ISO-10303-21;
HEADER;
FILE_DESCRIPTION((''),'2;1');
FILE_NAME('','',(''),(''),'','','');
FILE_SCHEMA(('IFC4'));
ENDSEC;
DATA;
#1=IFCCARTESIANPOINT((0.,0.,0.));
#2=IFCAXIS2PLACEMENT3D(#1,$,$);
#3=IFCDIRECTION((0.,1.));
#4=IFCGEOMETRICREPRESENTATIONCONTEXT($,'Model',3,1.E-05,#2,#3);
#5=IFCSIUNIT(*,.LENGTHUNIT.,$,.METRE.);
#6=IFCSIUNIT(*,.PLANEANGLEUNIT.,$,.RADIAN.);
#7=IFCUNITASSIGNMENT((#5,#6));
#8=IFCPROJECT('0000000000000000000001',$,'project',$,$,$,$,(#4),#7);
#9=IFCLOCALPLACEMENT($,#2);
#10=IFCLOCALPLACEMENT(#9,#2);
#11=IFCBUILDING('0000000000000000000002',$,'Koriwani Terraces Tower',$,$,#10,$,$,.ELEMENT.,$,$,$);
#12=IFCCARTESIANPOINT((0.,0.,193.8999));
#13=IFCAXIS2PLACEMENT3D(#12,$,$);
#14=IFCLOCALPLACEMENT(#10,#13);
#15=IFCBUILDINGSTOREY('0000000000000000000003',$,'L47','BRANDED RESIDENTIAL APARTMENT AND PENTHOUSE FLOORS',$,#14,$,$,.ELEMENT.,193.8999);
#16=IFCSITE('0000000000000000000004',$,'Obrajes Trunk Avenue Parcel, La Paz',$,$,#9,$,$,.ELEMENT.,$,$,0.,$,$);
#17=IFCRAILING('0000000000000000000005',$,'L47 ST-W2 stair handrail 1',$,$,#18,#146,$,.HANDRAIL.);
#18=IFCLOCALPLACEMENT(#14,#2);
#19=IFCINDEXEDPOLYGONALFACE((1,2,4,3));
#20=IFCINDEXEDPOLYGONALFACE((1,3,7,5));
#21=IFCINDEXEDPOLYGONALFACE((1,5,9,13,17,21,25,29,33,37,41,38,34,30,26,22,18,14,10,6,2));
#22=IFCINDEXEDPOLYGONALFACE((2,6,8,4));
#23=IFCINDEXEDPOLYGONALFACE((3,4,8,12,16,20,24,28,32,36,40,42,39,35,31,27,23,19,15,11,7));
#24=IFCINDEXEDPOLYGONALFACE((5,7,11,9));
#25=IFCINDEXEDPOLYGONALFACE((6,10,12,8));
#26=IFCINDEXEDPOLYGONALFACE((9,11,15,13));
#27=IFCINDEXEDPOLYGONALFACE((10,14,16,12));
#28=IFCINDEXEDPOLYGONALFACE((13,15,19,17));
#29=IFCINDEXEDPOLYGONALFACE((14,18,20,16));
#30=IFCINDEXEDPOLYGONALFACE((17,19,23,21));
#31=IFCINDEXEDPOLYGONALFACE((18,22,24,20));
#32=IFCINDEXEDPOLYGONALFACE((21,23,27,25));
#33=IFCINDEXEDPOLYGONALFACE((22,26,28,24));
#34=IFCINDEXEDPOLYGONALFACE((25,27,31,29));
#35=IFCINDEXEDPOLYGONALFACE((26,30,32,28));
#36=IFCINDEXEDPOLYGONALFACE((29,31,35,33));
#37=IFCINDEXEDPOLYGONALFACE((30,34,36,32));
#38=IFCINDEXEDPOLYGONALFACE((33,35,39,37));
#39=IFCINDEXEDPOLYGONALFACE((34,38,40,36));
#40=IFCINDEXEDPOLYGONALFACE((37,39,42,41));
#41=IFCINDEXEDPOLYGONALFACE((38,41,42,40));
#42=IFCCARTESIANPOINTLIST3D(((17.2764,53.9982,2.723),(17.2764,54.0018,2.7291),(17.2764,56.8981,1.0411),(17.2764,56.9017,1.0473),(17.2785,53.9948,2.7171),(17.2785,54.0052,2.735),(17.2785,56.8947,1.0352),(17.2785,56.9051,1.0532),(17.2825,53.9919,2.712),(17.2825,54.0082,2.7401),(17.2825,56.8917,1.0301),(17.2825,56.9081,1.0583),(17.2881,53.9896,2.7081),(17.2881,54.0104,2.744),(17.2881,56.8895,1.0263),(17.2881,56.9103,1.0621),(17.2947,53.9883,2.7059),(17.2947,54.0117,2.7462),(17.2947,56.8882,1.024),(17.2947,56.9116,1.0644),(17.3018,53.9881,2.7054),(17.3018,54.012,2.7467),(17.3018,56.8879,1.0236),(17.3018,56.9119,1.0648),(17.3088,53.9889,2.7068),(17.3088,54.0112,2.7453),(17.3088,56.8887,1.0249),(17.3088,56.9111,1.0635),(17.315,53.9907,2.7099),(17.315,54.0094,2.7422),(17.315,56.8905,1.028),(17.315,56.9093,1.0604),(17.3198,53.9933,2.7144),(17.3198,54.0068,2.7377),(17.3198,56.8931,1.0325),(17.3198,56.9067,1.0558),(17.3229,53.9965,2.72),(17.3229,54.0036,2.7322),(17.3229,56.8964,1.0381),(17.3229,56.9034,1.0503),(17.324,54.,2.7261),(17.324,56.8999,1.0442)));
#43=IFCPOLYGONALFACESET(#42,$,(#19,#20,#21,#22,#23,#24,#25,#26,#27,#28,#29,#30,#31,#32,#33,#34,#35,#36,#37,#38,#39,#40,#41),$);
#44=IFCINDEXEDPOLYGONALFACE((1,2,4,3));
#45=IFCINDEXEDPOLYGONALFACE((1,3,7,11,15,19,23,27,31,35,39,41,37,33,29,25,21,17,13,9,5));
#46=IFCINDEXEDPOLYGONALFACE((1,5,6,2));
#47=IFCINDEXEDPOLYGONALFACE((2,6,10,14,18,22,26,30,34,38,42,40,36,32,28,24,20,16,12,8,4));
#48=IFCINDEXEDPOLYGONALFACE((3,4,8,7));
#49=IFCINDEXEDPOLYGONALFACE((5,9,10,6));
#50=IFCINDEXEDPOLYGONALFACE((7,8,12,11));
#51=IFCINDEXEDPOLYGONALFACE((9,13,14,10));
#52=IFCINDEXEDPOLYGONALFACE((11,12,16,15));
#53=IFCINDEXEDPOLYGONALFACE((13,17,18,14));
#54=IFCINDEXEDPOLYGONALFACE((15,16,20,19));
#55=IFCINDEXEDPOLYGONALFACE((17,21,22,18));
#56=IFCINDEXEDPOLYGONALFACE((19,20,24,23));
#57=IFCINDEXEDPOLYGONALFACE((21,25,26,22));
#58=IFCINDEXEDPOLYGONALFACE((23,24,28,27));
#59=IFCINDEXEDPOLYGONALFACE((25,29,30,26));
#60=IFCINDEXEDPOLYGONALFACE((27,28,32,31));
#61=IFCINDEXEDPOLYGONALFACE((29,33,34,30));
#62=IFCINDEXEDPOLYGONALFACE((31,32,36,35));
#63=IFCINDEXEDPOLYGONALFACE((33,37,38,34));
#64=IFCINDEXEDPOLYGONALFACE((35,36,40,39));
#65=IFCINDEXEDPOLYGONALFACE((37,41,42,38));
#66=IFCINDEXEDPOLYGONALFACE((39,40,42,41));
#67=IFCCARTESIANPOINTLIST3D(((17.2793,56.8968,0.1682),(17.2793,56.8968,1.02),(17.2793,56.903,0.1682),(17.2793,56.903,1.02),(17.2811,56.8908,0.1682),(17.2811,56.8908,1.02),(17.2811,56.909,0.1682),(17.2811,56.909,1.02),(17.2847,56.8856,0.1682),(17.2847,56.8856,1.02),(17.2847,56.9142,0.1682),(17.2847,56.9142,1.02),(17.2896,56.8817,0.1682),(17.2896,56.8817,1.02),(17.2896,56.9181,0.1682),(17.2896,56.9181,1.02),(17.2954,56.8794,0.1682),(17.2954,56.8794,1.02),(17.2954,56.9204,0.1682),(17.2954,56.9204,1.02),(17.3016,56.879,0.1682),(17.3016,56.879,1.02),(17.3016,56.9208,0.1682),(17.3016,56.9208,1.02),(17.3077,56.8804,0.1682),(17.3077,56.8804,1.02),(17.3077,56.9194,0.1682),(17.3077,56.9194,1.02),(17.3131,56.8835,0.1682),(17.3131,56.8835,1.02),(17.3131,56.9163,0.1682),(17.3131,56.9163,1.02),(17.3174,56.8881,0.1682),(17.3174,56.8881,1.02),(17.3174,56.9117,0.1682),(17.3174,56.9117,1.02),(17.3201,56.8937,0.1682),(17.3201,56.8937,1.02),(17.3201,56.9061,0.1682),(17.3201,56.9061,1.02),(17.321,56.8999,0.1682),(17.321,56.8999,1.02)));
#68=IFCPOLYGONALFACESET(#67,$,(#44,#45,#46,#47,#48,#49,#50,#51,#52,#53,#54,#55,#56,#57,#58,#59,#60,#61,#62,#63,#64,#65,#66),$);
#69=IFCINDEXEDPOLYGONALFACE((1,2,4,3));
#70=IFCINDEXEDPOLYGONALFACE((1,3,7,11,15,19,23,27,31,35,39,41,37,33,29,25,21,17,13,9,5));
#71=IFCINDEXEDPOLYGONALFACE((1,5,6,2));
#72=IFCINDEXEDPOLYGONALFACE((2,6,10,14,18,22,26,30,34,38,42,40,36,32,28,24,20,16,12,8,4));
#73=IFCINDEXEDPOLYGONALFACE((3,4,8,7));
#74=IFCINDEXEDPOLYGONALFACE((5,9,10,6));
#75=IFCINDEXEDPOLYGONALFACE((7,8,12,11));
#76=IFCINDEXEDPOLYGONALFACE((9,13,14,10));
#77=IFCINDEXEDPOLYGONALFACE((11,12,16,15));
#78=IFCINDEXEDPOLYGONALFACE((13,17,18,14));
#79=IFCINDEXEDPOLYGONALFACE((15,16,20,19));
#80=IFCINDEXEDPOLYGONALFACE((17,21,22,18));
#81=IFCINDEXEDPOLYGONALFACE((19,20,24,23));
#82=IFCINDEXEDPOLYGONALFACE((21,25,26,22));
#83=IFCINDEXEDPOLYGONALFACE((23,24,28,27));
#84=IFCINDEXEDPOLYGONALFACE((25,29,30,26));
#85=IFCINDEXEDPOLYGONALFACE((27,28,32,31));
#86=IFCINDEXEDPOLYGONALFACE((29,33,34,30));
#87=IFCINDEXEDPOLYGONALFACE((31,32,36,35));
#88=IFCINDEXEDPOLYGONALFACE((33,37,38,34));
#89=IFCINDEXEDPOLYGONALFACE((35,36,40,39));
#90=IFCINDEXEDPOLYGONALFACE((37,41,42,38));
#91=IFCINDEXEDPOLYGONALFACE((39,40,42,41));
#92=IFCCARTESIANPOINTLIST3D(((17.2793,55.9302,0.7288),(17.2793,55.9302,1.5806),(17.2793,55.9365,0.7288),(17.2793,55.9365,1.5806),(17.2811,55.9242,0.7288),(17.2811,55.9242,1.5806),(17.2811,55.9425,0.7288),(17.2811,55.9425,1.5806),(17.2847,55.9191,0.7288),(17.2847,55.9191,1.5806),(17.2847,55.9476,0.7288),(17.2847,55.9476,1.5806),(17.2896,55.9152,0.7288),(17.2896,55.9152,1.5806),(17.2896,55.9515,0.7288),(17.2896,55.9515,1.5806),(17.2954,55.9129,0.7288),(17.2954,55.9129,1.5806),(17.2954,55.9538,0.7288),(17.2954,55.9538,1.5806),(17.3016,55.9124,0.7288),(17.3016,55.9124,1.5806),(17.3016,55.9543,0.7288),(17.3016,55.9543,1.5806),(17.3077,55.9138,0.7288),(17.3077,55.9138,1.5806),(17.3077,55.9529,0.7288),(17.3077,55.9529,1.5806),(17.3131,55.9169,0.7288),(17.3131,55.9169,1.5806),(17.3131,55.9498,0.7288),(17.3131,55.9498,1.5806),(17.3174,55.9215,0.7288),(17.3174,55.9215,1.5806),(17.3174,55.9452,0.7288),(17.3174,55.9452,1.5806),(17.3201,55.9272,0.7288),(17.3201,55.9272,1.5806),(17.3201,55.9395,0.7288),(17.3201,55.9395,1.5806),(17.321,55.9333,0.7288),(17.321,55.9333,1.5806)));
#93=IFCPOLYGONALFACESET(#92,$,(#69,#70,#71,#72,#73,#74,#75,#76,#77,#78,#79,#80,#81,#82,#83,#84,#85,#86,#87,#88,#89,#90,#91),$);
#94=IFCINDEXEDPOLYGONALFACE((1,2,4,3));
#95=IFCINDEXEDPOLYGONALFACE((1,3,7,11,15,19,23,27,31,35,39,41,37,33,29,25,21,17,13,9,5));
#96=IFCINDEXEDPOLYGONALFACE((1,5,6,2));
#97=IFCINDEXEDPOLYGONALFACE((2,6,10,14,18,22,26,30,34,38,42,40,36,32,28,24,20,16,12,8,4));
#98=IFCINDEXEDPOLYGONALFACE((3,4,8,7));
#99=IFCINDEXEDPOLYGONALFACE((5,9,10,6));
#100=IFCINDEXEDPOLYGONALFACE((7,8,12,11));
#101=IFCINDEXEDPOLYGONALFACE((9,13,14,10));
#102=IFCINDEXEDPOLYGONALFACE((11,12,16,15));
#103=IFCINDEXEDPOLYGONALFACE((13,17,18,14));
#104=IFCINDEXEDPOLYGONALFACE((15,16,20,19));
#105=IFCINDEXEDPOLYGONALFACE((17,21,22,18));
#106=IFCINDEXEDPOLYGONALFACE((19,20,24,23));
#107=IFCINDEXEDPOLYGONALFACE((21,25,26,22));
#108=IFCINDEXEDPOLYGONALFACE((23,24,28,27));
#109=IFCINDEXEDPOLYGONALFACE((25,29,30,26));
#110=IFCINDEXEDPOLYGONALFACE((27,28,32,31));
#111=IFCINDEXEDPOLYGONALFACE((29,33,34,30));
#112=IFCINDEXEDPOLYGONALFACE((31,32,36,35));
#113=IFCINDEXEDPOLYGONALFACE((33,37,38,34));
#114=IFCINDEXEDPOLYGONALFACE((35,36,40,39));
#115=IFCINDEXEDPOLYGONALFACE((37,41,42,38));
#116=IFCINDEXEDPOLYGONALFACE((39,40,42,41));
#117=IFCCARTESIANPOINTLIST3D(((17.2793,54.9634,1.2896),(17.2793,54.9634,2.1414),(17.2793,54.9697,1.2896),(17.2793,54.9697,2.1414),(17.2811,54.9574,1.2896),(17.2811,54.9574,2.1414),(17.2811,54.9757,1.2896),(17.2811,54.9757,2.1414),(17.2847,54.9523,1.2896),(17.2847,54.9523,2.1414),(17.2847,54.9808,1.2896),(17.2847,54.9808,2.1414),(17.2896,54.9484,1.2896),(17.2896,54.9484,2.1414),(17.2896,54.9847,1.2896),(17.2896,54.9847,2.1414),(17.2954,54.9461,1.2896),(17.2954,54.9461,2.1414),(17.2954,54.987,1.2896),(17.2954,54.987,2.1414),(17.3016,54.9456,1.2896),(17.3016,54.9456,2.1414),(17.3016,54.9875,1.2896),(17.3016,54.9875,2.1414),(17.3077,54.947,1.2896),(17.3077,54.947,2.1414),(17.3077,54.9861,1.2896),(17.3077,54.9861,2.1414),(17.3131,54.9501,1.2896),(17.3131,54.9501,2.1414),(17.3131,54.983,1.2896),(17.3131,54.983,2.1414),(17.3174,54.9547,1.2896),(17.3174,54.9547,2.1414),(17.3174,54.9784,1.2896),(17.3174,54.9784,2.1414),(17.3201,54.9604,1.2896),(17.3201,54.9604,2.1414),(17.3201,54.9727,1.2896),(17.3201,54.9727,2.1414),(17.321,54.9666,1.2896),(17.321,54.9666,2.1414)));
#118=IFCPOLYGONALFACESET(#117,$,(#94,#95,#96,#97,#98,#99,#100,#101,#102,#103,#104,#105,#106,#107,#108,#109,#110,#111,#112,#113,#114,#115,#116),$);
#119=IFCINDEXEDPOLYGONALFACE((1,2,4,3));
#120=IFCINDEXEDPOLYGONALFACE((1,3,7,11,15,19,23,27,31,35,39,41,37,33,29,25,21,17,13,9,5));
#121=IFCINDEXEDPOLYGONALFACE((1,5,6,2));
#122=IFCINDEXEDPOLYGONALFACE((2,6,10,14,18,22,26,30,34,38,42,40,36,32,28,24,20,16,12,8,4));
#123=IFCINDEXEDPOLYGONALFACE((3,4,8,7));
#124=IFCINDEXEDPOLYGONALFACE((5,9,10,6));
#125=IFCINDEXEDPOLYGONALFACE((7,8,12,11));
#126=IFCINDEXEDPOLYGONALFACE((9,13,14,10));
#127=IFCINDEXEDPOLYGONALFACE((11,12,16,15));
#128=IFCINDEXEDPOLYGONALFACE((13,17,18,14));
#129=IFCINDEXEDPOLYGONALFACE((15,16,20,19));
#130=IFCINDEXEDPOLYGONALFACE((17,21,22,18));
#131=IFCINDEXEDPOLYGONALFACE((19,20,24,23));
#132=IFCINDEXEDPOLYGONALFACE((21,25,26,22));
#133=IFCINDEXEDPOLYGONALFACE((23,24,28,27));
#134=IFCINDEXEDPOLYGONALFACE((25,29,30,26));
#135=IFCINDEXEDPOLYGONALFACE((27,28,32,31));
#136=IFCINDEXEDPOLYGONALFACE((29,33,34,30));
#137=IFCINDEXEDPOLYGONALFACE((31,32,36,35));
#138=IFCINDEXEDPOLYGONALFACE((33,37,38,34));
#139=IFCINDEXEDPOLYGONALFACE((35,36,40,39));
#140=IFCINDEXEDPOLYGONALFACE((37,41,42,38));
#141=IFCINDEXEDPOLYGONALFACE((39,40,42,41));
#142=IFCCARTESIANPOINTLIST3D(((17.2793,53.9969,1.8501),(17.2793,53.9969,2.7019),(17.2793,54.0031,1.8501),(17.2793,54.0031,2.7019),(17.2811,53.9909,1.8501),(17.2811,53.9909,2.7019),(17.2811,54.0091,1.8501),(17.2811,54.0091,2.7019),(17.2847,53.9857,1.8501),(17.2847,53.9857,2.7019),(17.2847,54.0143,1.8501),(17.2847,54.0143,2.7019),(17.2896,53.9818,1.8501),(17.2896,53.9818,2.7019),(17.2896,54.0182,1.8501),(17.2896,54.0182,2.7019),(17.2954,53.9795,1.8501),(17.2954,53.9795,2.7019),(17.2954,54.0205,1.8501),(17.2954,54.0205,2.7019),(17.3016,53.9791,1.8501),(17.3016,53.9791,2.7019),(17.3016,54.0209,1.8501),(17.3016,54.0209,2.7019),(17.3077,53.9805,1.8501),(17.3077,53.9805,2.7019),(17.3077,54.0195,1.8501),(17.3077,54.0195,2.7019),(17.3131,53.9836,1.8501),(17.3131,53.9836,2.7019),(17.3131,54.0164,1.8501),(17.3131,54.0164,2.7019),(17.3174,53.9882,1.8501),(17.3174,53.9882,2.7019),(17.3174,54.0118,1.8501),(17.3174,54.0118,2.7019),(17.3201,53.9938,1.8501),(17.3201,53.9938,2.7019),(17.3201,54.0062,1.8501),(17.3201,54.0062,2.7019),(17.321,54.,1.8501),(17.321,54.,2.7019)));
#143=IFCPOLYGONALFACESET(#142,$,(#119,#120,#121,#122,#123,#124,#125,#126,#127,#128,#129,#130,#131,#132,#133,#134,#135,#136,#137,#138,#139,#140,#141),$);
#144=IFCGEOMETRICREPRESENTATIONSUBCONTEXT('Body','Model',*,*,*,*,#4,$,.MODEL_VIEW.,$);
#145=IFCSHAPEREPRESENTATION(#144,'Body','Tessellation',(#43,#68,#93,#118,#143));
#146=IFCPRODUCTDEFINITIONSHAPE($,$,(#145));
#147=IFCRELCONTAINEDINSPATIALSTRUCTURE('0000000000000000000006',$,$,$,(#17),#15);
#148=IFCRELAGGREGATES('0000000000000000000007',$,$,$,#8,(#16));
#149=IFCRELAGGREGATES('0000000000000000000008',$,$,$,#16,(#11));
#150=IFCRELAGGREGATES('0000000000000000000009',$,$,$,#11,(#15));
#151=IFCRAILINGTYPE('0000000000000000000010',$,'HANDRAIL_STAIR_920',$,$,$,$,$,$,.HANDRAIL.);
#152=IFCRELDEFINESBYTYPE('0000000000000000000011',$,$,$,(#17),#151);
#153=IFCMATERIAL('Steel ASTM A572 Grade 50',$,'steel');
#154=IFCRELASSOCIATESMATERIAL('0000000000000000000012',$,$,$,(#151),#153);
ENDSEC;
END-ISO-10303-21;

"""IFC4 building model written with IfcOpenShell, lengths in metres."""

from ifc_helpers import new_model, si_unit, direction, frame, origin, origin_2d, place, context, subcontext, project, spatial, circle, extrude, material, type_object, element, save


model = new_model("IFC4")

# Units and contexts
model_context = context("Model", 3, precision=1e-05, world=origin(), true_north=direction((0.0, 1.0)))
body_context = subcontext(model_context, "Body", "Model", "MODEL_VIEW")
ifc_project = project(units=[si_unit("LENGTHUNIT", "METRE"), si_unit("PLANEANGLEUNIT", "RADIAN")], contexts=[model_context])

# Site, building, storey
site_placement = place(None, origin())
site = spatial("IfcSite", under=ifc_project, at=site_placement, Name="Obrajes Trunk Avenue Parcel, La Paz", CompositionType="ELEMENT", RefElevation=0.0)
building_placement = place(site_placement, origin())
building = spatial("IfcBuilding", under=site, at=building_placement, Name="Koriwani Terraces Tower", CompositionType="ELEMENT")
storey_placement = place(building_placement, frame((0.0, 0.0, 193.8999)))
storey = spatial("IfcBuildingStorey", under=building, at=storey_placement, Name="L47", Description="BRANDED RESIDENTIAL APARTMENT AND PENTHOUSE FLOORS", CompositionType="ELEMENT", Elevation=193.8999)

# Shared definitions
ifc_material_1 = material(Name="Steel ASTM A572 Grade 50", Category="steel")

# Railing
railing_type_1 = type_object("IfcRailingType", Name="HANDRAIL_STAIR_920", PredefinedType="HANDRAIL", material=ifc_material_1)
railing_1_placement = place(storey_placement, frame((17.3, 56.8999, 0.1682)))
element("IfcRailing", 1, at=railing_1_placement, inside=storey, type_object=railing_type_1, Name="L47 ST-W2 stair handrail 1", PredefinedType="HANDRAIL", context=body_context, shape_type="SweptSolid", body=[
    extrude(circle(Radius=0.0239, at=origin_2d()), frame((0.0, 0.0, 0.876), z_axis=(0.0, -0.865039, 0.501705), x_axis=(1.0, 0.0, 0.0)), (0.0, 0.0, 1.0), 3.3523),
    extrude(circle(Radius=0.021, at=origin_2d()), origin(), (0.0, 0.0, 1.0), 0.8518),
    extrude(circle(Radius=0.021, at=origin_2d()), frame((0.0, -0.9666, 0.5605)), (0.0, 0.0, 1.0), 0.8518),
    extrude(circle(Radius=0.021, at=origin_2d()), frame((0.0, -1.9333, 1.1213)), (0.0, 0.0, 1.0), 0.8518),
    extrude(circle(Radius=0.021, at=origin_2d()), frame((0.0, -2.8999, 1.6819)), (0.0, 0.0, 1.0), 0.8518),
])

save(model, "model.ifc")
